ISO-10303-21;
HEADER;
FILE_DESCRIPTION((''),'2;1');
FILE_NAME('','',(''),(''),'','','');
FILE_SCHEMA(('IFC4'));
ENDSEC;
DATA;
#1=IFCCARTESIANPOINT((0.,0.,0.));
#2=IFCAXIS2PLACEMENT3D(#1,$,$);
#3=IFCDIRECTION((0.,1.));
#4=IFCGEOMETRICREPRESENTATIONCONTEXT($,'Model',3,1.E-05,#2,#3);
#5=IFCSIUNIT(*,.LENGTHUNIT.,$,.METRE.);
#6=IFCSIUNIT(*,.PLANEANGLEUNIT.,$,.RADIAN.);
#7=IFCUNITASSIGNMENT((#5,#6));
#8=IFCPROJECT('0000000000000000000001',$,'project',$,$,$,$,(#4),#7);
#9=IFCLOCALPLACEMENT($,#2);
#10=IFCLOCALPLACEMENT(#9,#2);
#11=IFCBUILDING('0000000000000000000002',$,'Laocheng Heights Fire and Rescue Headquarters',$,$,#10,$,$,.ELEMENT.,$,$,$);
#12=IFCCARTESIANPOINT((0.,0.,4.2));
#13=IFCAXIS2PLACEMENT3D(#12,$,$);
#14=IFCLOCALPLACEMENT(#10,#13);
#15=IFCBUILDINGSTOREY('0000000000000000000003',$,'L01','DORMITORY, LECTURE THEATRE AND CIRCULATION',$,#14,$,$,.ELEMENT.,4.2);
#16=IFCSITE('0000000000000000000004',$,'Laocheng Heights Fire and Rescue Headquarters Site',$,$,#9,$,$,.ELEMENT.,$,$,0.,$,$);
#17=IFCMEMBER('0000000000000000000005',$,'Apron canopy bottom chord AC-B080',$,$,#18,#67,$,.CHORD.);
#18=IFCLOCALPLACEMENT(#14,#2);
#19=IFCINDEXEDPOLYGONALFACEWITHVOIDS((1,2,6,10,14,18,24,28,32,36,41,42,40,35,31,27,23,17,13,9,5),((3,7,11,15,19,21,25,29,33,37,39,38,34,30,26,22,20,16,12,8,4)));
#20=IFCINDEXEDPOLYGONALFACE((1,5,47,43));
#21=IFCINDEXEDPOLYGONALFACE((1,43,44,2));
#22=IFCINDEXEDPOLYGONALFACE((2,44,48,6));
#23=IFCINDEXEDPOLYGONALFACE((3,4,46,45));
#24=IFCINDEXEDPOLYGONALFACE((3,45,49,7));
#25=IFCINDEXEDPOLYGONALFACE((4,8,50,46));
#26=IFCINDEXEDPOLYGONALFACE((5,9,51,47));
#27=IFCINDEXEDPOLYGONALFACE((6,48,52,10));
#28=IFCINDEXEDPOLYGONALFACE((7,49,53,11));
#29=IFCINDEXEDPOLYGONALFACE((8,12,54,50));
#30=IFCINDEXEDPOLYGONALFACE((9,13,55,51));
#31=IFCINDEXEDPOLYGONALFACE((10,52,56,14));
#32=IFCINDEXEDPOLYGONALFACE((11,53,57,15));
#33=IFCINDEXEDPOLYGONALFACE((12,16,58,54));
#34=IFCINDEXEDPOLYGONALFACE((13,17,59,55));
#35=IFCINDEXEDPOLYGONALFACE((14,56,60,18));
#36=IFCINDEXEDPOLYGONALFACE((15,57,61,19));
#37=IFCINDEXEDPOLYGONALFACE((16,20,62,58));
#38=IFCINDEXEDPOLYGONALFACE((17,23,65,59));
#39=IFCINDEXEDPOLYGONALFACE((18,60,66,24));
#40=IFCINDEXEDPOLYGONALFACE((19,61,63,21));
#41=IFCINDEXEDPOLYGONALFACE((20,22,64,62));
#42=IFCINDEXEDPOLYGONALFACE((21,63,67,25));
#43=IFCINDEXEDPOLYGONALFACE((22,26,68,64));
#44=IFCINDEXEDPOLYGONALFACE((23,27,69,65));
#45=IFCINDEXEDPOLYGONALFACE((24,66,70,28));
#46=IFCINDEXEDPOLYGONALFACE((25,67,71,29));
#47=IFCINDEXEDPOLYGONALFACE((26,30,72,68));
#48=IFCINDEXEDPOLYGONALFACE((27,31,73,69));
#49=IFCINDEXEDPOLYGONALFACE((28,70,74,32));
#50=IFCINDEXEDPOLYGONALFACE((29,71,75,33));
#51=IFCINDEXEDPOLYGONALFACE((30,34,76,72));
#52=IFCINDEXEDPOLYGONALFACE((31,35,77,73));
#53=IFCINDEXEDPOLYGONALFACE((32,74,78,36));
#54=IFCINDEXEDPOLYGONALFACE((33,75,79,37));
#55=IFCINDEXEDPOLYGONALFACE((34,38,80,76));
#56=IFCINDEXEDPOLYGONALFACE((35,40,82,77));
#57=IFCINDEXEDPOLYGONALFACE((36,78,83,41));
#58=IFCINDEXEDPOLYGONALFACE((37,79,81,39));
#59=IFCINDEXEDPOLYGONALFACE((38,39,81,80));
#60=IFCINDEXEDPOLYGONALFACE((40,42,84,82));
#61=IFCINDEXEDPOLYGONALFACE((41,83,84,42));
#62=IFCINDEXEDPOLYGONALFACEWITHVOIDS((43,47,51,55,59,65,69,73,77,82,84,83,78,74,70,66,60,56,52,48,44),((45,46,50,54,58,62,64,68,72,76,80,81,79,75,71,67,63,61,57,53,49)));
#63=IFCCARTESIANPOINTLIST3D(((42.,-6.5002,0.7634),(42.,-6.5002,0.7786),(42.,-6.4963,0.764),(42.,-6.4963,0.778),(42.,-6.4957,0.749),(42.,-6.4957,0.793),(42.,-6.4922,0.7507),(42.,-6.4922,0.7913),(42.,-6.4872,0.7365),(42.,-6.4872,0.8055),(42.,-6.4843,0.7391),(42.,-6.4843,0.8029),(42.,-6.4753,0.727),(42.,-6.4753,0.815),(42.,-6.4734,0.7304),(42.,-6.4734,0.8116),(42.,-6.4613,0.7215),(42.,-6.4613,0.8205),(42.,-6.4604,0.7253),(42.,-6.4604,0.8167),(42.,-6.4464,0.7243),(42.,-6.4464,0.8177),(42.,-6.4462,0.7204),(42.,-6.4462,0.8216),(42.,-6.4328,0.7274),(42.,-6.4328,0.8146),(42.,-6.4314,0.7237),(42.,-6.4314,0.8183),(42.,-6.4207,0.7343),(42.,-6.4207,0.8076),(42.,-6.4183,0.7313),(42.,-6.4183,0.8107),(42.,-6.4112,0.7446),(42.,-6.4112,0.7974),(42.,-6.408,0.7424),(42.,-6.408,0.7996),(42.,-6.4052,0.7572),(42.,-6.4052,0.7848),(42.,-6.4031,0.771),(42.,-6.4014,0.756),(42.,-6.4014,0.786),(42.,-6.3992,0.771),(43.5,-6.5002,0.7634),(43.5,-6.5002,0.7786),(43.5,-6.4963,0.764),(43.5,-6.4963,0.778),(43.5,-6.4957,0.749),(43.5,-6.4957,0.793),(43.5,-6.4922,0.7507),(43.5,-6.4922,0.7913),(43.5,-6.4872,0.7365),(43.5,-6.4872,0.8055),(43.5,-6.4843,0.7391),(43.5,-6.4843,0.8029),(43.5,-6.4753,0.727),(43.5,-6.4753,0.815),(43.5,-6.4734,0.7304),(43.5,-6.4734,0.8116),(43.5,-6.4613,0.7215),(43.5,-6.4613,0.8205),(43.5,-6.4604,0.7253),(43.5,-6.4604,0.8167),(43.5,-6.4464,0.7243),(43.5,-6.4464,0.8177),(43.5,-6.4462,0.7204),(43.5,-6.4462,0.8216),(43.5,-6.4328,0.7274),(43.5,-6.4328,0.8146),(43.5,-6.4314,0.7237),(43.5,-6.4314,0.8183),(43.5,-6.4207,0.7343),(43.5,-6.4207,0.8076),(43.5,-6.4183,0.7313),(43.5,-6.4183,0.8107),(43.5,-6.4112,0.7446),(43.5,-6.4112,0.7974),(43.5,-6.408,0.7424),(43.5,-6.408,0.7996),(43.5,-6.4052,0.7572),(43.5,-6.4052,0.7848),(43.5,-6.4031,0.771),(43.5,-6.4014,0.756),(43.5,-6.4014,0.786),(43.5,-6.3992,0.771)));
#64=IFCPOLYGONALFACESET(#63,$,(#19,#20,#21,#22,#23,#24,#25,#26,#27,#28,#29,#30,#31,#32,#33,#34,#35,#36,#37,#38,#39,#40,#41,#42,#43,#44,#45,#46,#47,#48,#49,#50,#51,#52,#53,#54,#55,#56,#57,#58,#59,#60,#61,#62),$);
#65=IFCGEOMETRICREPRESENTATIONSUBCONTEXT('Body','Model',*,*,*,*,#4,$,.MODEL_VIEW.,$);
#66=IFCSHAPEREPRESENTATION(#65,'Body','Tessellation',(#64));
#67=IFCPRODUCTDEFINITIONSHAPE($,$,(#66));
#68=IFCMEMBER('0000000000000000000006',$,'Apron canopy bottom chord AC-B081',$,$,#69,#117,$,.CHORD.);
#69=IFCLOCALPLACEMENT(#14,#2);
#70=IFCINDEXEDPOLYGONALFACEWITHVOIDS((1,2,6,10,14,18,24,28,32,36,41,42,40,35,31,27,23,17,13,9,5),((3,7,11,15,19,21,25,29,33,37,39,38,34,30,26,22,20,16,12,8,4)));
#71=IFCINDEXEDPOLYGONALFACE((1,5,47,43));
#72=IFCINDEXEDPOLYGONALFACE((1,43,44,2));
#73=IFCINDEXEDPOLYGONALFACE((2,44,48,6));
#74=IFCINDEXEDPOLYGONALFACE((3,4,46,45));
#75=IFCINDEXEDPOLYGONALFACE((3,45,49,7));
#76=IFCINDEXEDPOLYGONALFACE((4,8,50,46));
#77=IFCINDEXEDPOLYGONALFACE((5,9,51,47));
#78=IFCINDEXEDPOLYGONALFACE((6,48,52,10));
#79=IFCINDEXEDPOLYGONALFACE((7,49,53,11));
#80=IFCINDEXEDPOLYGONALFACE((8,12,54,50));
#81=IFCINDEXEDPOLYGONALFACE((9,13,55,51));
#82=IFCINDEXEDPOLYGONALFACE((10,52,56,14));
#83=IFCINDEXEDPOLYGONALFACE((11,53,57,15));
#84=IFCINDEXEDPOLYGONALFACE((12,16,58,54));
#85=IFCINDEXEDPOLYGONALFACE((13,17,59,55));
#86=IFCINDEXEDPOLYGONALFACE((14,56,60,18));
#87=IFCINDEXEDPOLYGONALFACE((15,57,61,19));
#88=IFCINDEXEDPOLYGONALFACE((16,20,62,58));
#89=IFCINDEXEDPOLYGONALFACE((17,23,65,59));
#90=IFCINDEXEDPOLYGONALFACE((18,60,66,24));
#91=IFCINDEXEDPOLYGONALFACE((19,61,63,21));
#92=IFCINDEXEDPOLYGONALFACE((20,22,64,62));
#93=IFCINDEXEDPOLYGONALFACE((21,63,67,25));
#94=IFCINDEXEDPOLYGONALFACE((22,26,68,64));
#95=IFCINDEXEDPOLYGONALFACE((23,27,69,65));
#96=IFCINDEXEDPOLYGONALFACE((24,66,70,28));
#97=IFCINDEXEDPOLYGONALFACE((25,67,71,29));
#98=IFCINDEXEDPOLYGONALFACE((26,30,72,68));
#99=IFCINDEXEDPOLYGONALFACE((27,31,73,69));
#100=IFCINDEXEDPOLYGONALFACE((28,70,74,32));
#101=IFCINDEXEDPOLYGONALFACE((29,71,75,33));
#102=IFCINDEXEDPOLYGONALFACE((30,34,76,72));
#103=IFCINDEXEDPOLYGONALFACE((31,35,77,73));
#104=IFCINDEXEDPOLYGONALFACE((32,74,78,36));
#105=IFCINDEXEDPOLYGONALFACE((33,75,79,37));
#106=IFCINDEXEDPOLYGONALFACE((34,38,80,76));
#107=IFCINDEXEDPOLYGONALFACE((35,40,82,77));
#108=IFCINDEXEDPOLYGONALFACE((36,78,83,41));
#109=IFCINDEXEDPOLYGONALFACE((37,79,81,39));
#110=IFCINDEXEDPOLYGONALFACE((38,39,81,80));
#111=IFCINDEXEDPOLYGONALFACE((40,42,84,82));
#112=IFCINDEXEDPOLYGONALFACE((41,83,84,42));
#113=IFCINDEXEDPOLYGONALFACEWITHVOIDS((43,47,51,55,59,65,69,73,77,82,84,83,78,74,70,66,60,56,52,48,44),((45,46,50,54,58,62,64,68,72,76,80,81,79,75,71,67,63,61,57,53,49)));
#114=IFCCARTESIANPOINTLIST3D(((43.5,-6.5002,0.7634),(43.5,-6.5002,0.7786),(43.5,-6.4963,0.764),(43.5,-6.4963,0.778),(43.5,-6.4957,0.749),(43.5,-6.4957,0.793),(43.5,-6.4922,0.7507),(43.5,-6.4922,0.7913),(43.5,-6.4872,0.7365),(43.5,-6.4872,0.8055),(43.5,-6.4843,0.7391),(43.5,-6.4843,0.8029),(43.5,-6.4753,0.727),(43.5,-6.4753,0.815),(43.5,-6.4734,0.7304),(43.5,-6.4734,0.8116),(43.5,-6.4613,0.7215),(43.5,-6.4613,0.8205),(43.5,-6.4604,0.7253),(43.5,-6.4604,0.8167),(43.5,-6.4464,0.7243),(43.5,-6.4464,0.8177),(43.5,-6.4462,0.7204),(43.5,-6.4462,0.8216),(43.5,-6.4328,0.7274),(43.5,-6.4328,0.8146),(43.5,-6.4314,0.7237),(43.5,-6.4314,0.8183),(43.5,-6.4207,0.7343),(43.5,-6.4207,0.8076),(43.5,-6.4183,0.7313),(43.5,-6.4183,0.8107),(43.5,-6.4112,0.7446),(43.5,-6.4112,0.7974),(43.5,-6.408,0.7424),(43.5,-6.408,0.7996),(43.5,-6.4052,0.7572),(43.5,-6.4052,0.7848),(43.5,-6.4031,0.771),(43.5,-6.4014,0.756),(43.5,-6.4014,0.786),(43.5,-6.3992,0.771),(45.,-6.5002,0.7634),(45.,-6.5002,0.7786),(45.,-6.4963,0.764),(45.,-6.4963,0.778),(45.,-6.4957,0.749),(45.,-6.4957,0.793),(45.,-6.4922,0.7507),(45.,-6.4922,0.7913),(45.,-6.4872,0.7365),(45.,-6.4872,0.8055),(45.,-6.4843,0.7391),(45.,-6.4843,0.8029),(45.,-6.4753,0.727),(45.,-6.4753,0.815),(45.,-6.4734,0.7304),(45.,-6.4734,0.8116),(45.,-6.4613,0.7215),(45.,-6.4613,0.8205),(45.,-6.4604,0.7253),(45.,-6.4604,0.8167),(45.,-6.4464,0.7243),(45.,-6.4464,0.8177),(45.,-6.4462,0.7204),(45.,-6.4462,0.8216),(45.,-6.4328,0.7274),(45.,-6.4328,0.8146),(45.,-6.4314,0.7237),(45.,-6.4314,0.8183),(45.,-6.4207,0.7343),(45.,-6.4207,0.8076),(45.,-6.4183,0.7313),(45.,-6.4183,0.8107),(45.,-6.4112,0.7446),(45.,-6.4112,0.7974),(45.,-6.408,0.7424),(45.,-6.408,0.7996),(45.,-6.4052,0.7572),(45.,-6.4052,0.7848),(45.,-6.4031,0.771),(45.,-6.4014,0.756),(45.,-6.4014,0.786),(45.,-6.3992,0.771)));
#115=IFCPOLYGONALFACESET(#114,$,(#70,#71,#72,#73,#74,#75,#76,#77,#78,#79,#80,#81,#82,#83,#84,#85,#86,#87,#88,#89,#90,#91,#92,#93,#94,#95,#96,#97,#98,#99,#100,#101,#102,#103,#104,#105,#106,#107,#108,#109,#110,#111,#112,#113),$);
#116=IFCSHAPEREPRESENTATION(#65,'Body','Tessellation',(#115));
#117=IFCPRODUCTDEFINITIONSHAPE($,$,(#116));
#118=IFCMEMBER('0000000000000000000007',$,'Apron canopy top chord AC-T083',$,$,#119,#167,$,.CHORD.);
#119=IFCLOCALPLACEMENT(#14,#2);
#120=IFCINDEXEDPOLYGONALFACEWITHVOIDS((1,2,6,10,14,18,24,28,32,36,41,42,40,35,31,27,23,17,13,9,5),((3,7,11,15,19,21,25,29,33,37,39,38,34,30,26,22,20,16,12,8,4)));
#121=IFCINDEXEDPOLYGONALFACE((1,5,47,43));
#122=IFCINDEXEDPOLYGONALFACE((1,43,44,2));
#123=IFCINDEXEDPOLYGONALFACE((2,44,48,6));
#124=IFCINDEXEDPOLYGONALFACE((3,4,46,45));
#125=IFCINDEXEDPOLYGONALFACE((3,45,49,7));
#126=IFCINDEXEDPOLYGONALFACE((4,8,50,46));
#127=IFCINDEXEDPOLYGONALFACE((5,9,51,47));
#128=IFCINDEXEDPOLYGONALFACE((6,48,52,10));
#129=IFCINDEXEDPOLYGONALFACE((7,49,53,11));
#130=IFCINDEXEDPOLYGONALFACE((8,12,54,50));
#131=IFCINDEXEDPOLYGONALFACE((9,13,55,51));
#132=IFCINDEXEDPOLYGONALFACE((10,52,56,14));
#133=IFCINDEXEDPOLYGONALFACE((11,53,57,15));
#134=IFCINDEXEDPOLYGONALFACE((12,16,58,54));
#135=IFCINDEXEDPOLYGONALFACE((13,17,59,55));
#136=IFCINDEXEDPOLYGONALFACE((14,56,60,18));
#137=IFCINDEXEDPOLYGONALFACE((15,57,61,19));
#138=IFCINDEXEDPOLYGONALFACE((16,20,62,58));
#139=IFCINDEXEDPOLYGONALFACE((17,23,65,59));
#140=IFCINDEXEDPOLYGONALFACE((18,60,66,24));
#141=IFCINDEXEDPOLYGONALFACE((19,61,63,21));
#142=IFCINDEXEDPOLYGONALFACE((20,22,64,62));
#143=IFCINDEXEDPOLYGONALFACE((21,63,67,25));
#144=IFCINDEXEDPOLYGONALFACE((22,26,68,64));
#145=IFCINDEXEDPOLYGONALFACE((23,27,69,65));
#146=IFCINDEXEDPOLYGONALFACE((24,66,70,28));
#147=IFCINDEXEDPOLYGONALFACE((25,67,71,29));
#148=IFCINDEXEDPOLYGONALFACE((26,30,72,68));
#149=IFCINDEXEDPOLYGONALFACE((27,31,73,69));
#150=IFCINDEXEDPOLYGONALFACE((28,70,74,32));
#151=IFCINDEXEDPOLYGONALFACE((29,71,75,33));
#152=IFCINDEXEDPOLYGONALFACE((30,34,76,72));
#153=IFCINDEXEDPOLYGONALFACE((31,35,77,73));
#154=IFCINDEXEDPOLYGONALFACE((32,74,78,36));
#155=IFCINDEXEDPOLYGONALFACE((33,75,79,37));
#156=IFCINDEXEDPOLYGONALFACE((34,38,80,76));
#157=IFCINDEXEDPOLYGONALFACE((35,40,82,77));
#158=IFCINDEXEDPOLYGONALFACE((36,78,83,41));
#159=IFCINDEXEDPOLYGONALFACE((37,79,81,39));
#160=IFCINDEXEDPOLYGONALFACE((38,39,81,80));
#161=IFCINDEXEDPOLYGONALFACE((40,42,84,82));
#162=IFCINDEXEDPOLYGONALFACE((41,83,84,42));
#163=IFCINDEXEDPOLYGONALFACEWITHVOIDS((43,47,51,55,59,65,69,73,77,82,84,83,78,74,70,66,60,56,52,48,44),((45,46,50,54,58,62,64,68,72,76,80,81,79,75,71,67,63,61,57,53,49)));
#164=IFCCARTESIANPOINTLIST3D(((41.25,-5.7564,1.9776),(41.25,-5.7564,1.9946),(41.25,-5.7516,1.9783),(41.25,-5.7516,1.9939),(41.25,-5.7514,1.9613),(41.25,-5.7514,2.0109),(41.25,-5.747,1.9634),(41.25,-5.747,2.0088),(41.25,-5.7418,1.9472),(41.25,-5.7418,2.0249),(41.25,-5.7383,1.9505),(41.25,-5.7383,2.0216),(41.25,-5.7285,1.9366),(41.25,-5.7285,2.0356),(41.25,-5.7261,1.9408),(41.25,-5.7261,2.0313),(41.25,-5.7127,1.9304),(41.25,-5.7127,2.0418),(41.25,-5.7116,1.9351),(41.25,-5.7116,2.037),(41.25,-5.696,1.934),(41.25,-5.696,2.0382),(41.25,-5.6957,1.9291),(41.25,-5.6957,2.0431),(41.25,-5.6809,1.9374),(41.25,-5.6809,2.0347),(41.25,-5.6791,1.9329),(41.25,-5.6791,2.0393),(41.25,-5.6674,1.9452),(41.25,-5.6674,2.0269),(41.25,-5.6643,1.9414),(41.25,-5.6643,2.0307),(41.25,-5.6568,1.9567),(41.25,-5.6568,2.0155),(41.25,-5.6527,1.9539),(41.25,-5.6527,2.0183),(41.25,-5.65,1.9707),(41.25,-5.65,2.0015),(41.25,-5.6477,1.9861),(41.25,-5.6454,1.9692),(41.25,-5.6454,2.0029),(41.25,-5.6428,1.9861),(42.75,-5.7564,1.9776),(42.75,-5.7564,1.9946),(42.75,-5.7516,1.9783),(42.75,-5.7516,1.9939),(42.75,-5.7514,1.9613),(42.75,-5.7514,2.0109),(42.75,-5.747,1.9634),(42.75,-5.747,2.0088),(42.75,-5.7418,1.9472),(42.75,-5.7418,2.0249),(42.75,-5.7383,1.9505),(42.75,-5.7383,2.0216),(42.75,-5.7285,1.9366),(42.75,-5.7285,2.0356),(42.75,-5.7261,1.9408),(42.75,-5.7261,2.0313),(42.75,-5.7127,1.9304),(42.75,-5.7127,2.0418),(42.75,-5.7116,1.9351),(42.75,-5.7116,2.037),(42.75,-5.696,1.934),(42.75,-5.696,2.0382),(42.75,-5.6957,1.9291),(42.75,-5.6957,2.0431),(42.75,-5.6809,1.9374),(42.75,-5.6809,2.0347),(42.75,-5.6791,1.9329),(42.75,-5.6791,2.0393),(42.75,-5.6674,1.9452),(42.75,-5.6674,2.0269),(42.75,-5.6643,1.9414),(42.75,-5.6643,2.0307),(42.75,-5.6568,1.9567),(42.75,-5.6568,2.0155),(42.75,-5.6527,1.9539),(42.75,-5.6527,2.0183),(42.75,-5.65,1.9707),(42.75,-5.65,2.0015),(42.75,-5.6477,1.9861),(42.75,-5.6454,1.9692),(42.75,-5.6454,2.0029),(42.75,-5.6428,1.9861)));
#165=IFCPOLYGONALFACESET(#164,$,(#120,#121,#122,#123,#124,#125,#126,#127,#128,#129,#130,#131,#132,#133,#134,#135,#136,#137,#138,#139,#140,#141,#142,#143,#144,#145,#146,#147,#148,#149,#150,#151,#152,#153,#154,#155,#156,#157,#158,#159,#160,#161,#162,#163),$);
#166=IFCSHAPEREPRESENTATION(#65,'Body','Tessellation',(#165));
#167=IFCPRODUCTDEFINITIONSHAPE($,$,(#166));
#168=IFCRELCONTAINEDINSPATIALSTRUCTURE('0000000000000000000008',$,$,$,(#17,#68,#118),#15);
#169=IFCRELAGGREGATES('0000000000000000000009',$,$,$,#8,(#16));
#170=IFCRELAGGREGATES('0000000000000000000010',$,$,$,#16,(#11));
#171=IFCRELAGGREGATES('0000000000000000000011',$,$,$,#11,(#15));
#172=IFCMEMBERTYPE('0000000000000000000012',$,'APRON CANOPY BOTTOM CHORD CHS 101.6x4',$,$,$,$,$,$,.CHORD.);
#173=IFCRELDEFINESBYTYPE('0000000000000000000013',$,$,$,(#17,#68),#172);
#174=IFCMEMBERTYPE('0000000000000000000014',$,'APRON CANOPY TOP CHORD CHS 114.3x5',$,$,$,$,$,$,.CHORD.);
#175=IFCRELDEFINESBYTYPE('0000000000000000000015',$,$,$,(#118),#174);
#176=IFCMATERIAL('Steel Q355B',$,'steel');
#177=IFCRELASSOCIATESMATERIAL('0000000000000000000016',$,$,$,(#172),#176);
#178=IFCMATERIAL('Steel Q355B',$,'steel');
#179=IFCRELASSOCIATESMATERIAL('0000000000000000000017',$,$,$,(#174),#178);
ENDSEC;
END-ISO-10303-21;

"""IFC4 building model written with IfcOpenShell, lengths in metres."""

from ifc_helpers import new_model, si_unit, direction, frame, origin, origin_2d, place, context, subcontext, project, spatial, hollow_circle, extrude, material, material_profile, profile_set, type_object, element, save


model = new_model("IFC4")

# Units and contexts
model_context = context("Model", 3, precision=1e-05, world=origin(), true_north=direction((0.0, 1.0)))
body_context = subcontext(model_context, "Body", "Model", "MODEL_VIEW")
ifc_project = project(units=[si_unit("LENGTHUNIT", "METRE"), si_unit("PLANEANGLEUNIT", "RADIAN")], contexts=[model_context])

# Site, building, storey
site_placement = place(None, origin())
site = spatial("IfcSite", under=ifc_project, at=site_placement, Name="Laocheng Heights Fire and Rescue Headquarters Site", CompositionType="ELEMENT", RefElevation=0.0)
building_placement = place(site_placement, origin())
building = spatial("IfcBuilding", under=site, at=building_placement, Name="Laocheng Heights Fire and Rescue Headquarters", CompositionType="ELEMENT")
storey_placement = place(building_placement, frame((0.0, 0.0, 4.2)))
storey = spatial("IfcBuildingStorey", under=building, at=storey_placement, Name="L01", Description="DORMITORY, LECTURE THEATRE AND CIRCULATION", CompositionType="ELEMENT", Elevation=4.2)

# Members
ifc_material_1 = material(Name="Steel Q355B", Category="steel")
ifc_material_profile_1 = material_profile(ifc_material_1, hollow_circle(Radius=0.0508, WallThickness=0.0039, at=origin_2d()), Name="CHS 101.6x4")
ifc_profile_set_1 = profile_set([ifc_material_profile_1], Name="Steel Q355B")
member_type_1 = type_object("IfcMemberType", Name="APRON CANOPY BOTTOM CHORD CHS 101.6x4", PredefinedType="CHORD", material=ifc_profile_set_1)
for number, where, z_axis, x_axis, name in (
    (1, (42.0, -6.45, 0.771), (1.0, 0.0, 0.0), (0.0, 1.0, 0.0), "Apron canopy bottom chord AC-B080"),
    (2, (43.5, -6.45, 0.771), (1.0, 0.0, 0.0), (0.0, 1.0, 0.0), "Apron canopy bottom chord AC-B081"),
):
    element("IfcMember", number, at=place(storey_placement, frame(where, z_axis=z_axis, x_axis=x_axis)), inside=storey, type_object=member_type_1, Name=name, PredefinedType="CHORD", context=body_context, shape_type="SweptSolid", body=[
        extrude(hollow_circle(Radius=0.0508, WallThickness=0.0039, at=origin_2d()), origin(), (0.0, 0.0, 1.0), 1.5),
    ])
ifc_material_2 = material(Name="Steel Q355B", Category="steel")
ifc_material_profile_2 = material_profile(ifc_material_2, hollow_circle(Radius=0.0571, WallThickness=0.0049, at=origin_2d()), Name="CHS 114.3x5")
ifc_profile_set_2 = profile_set([ifc_material_profile_2], Name="Steel Q355B")
member_type_2 = type_object("IfcMemberType", Name="APRON CANOPY TOP CHORD CHS 114.3x5", PredefinedType="CHORD", material=ifc_profile_set_2)
for number, where, z_axis, x_axis, name in (
    (3, (41.25, -5.7, 1.9861), (1.0, 0.0, 0.0), (0.0, 1.0, 0.0), "Apron canopy top chord AC-T083"),
):
    element("IfcMember", number, at=place(storey_placement, frame(where, z_axis=z_axis, x_axis=x_axis)), inside=storey, type_object=member_type_2, Name=name, PredefinedType="CHORD", context=body_context, shape_type="SweptSolid", body=[
        extrude(hollow_circle(Radius=0.0571, WallThickness=0.0049, at=origin_2d()), origin(), (0.0, 0.0, 1.0), 1.5),
    ])

save(model, "model.ifc")
